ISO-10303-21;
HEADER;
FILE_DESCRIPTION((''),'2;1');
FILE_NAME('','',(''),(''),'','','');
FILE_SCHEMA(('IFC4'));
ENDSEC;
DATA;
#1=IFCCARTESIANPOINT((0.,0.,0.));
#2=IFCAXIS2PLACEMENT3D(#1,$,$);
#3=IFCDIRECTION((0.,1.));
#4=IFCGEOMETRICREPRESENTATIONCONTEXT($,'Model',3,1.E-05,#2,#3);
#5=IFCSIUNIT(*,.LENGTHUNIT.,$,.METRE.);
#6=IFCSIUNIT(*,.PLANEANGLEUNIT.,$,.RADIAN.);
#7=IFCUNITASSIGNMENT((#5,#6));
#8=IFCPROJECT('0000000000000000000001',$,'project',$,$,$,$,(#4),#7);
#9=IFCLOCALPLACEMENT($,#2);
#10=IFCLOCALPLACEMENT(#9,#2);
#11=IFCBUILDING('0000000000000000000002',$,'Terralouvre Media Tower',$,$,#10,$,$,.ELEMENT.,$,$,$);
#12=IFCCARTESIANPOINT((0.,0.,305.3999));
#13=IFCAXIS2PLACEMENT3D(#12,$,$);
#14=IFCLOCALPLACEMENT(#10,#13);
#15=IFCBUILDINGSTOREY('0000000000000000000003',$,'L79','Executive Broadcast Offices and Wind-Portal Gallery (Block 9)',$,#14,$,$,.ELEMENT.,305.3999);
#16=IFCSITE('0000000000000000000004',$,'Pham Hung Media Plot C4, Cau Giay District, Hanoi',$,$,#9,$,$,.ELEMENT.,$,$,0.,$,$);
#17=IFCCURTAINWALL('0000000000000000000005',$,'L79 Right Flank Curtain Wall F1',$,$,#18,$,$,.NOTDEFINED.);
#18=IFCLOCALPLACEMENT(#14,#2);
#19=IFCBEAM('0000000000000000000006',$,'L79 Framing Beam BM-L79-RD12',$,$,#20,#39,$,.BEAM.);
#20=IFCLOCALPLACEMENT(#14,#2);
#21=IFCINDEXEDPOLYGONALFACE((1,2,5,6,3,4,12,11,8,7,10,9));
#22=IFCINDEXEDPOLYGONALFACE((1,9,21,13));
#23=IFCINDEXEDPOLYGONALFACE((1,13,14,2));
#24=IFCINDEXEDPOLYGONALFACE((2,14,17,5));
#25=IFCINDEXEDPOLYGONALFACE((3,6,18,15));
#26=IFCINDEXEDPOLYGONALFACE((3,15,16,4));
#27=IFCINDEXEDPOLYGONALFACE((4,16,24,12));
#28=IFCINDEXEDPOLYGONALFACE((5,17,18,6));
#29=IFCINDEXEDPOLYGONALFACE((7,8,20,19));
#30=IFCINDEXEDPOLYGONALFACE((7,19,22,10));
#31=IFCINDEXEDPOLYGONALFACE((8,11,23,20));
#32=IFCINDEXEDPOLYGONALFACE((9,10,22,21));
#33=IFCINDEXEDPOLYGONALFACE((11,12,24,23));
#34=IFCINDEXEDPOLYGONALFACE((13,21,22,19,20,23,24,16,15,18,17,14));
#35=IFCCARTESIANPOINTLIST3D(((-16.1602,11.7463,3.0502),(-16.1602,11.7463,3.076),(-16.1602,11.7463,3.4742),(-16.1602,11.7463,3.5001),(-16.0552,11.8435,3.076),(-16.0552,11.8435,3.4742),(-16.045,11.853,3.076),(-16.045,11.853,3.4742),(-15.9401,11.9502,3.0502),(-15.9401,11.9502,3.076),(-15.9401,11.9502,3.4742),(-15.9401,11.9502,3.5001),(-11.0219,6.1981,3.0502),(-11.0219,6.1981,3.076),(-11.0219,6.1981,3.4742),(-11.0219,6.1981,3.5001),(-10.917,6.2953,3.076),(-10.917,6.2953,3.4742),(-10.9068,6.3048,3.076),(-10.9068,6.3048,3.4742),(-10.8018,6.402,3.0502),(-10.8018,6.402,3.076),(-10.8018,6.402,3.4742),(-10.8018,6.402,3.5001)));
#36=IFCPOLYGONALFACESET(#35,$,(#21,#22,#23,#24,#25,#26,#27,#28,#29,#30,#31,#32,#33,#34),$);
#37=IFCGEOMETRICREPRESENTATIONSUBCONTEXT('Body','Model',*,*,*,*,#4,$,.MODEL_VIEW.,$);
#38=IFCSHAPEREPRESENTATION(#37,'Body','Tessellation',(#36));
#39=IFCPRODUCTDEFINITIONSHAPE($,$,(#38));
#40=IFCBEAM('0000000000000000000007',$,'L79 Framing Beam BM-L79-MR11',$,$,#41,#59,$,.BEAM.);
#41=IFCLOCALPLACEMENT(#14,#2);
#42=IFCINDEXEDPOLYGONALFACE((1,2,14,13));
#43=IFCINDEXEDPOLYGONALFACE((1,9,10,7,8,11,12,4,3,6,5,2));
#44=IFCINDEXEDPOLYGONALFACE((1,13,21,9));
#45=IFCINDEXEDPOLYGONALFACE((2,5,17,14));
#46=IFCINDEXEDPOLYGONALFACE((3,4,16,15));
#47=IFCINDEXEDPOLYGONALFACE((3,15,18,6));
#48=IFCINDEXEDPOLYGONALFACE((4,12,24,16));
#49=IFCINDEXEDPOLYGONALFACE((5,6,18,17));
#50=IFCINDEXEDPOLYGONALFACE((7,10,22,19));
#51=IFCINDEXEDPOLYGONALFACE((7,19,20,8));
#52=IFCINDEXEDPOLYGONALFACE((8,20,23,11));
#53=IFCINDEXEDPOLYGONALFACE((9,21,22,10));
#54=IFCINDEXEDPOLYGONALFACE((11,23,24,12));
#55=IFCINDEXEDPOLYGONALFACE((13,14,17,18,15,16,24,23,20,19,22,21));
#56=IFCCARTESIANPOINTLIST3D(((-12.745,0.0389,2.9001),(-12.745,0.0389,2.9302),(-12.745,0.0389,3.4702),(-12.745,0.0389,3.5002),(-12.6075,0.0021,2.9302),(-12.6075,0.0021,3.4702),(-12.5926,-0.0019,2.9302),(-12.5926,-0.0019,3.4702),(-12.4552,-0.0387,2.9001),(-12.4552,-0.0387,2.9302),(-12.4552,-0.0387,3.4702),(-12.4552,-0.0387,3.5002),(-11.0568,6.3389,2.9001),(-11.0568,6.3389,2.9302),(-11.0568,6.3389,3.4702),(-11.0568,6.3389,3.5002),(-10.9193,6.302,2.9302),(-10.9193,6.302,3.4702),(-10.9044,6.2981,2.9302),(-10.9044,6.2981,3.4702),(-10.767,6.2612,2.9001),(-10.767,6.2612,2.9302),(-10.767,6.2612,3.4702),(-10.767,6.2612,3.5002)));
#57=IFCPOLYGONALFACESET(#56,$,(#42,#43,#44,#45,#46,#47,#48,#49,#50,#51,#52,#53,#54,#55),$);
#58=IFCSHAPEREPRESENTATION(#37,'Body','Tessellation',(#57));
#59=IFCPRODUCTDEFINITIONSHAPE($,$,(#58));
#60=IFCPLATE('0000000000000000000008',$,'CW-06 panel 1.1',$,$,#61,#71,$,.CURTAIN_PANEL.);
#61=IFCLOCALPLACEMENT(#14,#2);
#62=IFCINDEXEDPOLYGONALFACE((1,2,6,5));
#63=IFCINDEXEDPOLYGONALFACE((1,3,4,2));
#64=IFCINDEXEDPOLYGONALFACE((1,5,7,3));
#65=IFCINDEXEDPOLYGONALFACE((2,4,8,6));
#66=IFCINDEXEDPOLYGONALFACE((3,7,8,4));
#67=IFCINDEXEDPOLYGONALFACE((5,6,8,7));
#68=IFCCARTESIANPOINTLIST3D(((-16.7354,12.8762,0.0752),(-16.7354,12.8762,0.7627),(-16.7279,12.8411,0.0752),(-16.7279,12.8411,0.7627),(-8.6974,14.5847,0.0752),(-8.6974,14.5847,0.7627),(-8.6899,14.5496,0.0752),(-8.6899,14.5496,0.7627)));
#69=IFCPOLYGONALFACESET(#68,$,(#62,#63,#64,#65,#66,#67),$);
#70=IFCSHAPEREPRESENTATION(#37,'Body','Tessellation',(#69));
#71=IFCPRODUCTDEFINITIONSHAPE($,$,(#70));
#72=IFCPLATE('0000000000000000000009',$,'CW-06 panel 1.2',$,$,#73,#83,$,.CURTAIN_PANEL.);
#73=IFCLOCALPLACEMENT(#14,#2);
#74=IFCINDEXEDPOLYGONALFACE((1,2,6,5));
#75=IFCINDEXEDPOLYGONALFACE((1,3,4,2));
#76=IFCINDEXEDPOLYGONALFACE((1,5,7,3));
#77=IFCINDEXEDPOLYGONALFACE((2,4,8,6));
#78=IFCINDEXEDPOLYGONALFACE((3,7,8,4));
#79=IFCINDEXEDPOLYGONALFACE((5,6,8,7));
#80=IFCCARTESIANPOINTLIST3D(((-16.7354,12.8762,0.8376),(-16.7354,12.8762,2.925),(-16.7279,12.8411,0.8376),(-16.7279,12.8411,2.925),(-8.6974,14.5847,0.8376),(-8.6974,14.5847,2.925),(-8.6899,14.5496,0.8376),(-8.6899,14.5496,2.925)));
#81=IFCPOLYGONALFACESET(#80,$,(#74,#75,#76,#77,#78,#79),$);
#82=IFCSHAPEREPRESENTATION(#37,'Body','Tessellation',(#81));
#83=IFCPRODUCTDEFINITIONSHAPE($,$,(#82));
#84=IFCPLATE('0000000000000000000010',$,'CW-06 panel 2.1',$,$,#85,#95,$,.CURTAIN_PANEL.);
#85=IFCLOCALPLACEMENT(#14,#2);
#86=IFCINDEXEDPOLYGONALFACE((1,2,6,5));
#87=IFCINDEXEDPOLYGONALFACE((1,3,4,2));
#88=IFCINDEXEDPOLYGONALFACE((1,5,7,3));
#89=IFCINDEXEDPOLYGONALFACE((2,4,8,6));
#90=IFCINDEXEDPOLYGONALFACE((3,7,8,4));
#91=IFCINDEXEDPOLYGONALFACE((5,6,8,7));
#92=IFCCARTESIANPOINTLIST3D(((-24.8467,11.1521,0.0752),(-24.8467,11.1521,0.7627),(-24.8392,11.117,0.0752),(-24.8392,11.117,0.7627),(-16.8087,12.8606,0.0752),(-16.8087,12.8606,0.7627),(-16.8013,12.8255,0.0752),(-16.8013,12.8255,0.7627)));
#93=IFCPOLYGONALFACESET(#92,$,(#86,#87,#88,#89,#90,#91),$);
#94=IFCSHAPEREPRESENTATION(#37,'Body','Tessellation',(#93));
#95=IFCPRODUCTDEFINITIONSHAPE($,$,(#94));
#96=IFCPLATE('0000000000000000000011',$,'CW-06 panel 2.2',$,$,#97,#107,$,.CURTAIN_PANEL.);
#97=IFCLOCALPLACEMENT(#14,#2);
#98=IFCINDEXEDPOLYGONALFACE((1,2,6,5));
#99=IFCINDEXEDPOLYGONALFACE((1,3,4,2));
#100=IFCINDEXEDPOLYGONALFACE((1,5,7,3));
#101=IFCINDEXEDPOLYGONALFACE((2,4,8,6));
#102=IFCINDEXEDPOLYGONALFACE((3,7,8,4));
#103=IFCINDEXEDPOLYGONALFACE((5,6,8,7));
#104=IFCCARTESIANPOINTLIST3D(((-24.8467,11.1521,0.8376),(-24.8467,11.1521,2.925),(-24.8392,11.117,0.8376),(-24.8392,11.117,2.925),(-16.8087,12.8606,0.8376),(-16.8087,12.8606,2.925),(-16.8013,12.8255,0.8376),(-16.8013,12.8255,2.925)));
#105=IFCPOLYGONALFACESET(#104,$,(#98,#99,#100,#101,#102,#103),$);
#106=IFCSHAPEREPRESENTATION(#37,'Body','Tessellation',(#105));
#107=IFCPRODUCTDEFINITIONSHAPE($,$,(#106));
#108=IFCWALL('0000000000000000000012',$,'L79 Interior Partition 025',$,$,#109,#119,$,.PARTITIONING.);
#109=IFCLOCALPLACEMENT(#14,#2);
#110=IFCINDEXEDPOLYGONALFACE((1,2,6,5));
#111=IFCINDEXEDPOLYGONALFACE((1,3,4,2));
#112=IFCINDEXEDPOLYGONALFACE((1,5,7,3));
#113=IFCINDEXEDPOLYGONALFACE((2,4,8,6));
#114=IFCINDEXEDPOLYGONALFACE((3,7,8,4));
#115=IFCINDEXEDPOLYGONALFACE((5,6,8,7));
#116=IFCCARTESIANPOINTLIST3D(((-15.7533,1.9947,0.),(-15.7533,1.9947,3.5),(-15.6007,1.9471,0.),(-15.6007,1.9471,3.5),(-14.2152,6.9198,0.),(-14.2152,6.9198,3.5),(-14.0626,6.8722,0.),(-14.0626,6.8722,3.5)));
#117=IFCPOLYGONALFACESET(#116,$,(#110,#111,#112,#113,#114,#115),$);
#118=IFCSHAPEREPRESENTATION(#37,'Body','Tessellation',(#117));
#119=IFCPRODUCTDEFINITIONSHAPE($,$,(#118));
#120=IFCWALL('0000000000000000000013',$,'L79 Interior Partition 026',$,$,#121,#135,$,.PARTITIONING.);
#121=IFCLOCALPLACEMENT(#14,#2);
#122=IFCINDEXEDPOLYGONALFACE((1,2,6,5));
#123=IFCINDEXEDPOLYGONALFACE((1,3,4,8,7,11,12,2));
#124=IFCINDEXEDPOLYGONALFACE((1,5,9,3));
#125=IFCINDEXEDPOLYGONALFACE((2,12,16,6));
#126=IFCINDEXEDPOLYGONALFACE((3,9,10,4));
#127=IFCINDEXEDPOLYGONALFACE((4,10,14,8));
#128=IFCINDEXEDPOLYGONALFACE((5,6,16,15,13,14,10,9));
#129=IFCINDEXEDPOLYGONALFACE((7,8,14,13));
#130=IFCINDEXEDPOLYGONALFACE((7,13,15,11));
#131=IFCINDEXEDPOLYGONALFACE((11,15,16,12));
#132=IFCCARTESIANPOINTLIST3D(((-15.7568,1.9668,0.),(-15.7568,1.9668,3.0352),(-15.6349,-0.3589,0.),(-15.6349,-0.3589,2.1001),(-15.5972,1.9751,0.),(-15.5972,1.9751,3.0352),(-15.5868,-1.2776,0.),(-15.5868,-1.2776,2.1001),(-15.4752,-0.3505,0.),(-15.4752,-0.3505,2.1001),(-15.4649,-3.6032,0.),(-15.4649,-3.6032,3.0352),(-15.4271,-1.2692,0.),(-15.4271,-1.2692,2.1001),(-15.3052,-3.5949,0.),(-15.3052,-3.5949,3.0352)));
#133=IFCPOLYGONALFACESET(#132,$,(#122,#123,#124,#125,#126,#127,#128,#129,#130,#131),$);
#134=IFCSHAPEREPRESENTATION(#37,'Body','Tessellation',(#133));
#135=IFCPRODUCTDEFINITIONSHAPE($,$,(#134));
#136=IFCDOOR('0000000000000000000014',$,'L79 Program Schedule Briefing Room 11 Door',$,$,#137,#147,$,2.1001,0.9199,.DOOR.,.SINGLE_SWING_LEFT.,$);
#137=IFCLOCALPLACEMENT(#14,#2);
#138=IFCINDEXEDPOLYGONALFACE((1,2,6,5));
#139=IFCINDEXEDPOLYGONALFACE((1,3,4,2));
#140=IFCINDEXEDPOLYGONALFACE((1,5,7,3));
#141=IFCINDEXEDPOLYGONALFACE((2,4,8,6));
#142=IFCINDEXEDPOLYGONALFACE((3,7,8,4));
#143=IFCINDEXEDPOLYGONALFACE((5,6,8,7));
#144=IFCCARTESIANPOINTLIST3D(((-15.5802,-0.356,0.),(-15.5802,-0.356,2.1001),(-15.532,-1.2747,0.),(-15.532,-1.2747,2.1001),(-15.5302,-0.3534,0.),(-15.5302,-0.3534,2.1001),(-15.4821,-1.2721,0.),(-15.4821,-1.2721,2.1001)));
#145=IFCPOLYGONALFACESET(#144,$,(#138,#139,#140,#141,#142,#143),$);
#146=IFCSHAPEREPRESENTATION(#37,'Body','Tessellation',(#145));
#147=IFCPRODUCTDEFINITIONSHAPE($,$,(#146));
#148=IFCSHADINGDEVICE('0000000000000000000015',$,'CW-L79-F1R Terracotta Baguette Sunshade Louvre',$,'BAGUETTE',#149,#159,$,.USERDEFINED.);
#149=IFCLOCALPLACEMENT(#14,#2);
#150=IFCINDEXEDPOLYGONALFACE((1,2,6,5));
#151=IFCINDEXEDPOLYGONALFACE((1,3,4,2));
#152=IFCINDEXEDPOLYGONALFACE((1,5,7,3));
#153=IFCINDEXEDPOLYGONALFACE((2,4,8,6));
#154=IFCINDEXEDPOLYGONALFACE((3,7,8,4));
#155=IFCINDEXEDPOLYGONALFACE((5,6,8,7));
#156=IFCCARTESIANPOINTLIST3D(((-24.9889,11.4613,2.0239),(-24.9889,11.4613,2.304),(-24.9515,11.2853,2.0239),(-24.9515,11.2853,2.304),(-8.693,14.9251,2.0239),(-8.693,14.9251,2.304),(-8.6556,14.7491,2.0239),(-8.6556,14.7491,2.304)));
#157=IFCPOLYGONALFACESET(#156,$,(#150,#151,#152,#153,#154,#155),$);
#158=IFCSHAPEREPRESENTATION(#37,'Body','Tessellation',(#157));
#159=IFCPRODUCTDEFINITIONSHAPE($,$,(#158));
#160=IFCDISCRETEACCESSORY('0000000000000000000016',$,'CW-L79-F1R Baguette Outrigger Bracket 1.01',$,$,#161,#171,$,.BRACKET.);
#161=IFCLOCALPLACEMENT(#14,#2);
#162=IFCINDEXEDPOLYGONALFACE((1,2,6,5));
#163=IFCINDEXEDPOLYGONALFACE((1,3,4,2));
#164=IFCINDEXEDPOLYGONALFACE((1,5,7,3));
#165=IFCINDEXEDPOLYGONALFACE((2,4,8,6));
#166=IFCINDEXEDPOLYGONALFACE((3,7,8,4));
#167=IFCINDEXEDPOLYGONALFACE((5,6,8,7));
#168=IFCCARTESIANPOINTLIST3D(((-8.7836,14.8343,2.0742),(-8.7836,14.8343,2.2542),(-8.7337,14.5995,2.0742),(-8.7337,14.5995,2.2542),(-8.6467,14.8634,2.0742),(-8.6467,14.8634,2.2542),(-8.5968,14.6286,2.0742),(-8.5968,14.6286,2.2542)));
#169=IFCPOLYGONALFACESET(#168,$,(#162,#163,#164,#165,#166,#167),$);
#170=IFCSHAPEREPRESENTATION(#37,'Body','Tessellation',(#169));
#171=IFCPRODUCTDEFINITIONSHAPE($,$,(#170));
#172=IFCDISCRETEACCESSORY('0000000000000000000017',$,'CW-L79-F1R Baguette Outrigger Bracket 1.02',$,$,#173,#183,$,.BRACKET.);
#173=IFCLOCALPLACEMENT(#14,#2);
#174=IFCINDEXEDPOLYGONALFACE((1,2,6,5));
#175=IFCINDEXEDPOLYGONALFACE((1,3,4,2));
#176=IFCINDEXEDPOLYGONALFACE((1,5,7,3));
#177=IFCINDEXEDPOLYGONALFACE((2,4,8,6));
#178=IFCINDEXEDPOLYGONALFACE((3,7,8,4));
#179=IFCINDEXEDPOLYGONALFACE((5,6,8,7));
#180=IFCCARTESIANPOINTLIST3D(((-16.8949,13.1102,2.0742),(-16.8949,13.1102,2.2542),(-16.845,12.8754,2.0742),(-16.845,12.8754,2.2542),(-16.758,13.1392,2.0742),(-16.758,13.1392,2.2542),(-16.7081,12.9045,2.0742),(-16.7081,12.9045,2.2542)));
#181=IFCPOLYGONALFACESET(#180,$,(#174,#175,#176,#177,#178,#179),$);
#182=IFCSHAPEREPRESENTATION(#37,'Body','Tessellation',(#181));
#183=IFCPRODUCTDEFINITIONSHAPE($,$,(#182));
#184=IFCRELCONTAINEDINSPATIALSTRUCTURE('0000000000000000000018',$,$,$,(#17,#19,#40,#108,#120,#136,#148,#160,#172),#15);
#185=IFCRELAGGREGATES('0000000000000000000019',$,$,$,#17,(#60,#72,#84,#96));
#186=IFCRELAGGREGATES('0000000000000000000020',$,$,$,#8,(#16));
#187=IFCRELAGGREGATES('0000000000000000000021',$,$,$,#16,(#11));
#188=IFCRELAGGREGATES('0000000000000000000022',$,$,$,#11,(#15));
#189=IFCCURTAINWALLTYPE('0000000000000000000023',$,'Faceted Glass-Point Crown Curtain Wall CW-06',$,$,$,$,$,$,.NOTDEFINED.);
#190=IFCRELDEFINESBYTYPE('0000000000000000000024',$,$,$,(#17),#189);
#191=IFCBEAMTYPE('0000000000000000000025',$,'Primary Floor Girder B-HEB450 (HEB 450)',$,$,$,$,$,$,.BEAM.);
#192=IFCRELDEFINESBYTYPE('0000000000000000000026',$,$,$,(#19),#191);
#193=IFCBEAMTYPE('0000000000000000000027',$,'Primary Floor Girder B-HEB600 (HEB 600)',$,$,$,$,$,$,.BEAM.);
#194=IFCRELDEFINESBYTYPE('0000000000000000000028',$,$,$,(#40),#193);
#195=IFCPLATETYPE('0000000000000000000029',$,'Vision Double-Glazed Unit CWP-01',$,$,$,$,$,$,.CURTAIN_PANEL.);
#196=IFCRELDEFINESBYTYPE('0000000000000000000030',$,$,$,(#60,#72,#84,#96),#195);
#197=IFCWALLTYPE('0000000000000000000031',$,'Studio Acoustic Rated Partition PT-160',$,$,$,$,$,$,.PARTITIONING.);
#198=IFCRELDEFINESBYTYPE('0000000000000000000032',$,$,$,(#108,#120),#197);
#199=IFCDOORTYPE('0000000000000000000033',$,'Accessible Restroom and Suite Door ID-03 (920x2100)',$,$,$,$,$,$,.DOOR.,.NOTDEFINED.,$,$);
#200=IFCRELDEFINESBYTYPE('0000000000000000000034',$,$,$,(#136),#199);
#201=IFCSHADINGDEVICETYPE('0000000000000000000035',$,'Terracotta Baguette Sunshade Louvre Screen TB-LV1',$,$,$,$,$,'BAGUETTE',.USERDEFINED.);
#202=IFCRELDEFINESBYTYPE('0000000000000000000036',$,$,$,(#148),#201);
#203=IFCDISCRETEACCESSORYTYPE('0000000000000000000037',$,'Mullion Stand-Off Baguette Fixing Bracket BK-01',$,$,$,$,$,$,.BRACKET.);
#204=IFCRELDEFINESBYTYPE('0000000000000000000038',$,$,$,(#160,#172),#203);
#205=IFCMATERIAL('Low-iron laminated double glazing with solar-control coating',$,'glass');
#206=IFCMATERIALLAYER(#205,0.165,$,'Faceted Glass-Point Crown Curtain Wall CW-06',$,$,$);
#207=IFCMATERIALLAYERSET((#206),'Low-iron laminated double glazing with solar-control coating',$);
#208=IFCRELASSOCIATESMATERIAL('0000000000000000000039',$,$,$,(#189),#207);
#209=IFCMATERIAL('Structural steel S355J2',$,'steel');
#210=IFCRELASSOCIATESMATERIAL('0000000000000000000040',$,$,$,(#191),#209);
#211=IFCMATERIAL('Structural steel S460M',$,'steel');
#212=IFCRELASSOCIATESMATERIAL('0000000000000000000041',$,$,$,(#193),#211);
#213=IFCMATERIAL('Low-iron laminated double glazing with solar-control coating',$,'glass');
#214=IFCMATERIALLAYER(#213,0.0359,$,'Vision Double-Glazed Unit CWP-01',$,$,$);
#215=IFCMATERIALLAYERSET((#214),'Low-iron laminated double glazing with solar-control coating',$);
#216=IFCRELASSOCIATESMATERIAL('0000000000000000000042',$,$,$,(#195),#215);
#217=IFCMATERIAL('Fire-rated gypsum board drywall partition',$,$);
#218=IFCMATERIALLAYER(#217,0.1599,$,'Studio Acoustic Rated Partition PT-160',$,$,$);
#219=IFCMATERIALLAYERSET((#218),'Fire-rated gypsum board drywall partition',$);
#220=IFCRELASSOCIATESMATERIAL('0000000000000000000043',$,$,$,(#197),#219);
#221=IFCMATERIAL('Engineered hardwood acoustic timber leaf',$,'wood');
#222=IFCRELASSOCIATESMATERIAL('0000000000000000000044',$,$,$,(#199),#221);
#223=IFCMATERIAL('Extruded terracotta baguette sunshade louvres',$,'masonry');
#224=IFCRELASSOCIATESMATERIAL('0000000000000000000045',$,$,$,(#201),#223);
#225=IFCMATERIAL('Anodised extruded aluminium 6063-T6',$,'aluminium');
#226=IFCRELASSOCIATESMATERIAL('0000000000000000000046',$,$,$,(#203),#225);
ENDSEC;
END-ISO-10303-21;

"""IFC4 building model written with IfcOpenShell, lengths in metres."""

from ifc_helpers import new_model, si_unit, direction, frame, frame_2d, origin, origin_2d, place, context, subcontext, project, spatial, rectangle, i_section, extrude, material, layer, layer_set, material_profile, profile_set, type_object, element, fill, aggregate, save


model = new_model("IFC4")

# Units and contexts
model_context = context("Model", 3, precision=1e-05, world=origin(), true_north=direction((0.0, 1.0)))
body_context = subcontext(model_context, "Body", "Model", "MODEL_VIEW")
ifc_project = project(units=[si_unit("LENGTHUNIT", "METRE"), si_unit("PLANEANGLEUNIT", "RADIAN")], contexts=[model_context])

# Site, building, storey
site_placement = place(None, origin())
site = spatial("IfcSite", under=ifc_project, at=site_placement, Name="Pham Hung Media Plot C4, Cau Giay District, Hanoi", CompositionType="ELEMENT", RefElevation=0.0)
building_placement = place(site_placement, origin())
building = spatial("IfcBuilding", under=site, at=building_placement, Name="Terralouvre Media Tower", CompositionType="ELEMENT")
storey_placement = place(building_placement, frame((0.0, 0.0, 305.3999)))
storey = spatial("IfcBuildingStorey", under=building, at=storey_placement, Name="L79", Description="Executive Broadcast Offices and Wind-Portal Gallery (Block 9)", CompositionType="ELEMENT", Elevation=305.3999)

# Curtain wall
ifc_material_1 = material(Name="Low-iron laminated double glazing with solar-control coating", Category="glass")
ifc_layer_1 = layer(ifc_material_1, 0.165, Name="Faceted Glass-Point Crown Curtain Wall CW-06")
ifc_layer_set_1 = layer_set([ifc_layer_1], Name="Low-iron laminated double glazing with solar-control coating")
curtain_wall_type = type_object("IfcCurtainWallType", Name="Faceted Glass-Point Crown Curtain Wall CW-06", PredefinedType="NOTDEFINED", material=ifc_layer_set_1)
curtain_wall_placement = place(storey_placement, origin())
curtain_wall = element("IfcCurtainWall", 1, at=curtain_wall_placement, inside=storey, type_object=curtain_wall_type, Name="L79 Right Flank Curtain Wall F1", PredefinedType="NOTDEFINED")

# Beams
ifc_material_2 = material(Name="Structural steel S355J2", Category="steel")
ifc_material_profile_1 = material_profile(ifc_material_2, i_section(OverallWidth=0.3, OverallDepth=0.45, WebThickness=0.0139, FlangeThickness=0.0259, at=origin_2d()), Name="HEB 450")
ifc_profile_set_1 = profile_set([ifc_material_profile_1], Name="Structural steel S355J2")
beam_type_1 = type_object("IfcBeamType", Name="Primary Floor Girder B-HEB450 (HEB 450)", PredefinedType="BEAM", material=ifc_profile_set_1)
beam_1_placement = place(storey_placement, frame((-10.9119, 6.3, 3.2751), z_axis=(-0.679483, 0.733691, 0.0), x_axis=(-0.733691, -0.679483, 0.0)))
element("IfcBeam", 2, at=beam_1_placement, inside=storey, type_object=beam_type_1, Name="L79 Framing Beam BM-L79-RD12", PredefinedType="BEAM", context=body_context, shape_type="SweptSolid", body=[
    extrude(i_section(OverallWidth=0.3, OverallDepth=0.45, WebThickness=0.0139, FlangeThickness=0.0259, at=origin_2d()), origin(), (0.0, 0.0, 1.0), 7.562),
])
ifc_material_3 = material(Name="Structural steel S460M", Category="steel")
ifc_material_profile_2 = material_profile(ifc_material_3, i_section(OverallWidth=0.3, OverallDepth=0.6001, WebThickness=0.0154, FlangeThickness=0.03, at=origin_2d()), Name="HEB 600")
ifc_profile_set_2 = profile_set([ifc_material_profile_2], Name="Structural steel S460M")
beam_type_2 = type_object("IfcBeamType", Name="Primary Floor Girder B-HEB600 (HEB 600)", PredefinedType="BEAM", material=ifc_profile_set_2)
beam_2_placement = place(storey_placement, frame((-10.9119, 6.3, 3.2002), z_axis=(-0.258839, -0.96592, 0.0), x_axis=(0.96592, -0.258839, 0.0)))
element("IfcBeam", 3, at=beam_2_placement, inside=storey, type_object=beam_type_2, Name="L79 Framing Beam BM-L79-MR11", PredefinedType="BEAM", context=body_context, shape_type="SweptSolid", body=[
    extrude(i_section(OverallWidth=0.3, OverallDepth=0.6001, WebThickness=0.0154, FlangeThickness=0.03, at=origin_2d()), origin(), (0.0, 0.0, 1.0), 6.5222),
])

# Plates
ifc_material_4 = material(Name="Low-iron laminated double glazing with solar-control coating", Category="glass")
ifc_layer_2 = layer(ifc_material_4, 0.0359, Name="Vision Double-Glazed Unit CWP-01")
ifc_layer_set_2 = layer_set([ifc_layer_2], Name="Low-iron laminated double glazing with solar-control coating")
plate_type = type_object("IfcPlateType", Name="Vision Double-Glazed Unit CWP-01", PredefinedType="CURTAIN_PANEL", material=ifc_layer_set_2)
plate_1_placement = place(storey_placement, frame((-12.7126, 13.7129, 0.0752), z_axis=(0.0, 0.0, 1.0), x_axis=(-0.978148, -0.207911, 0.0)))
plate_1 = element("IfcPlate", 4, at=plate_1_placement, type_object=plate_type, Name="CW-06 panel 1.1", PredefinedType="CURTAIN_PANEL", context=body_context, shape_type="SweptSolid", body=[
    extrude(rectangle(XDim=8.2175, YDim=0.0359, at=origin_2d()), origin(), (0.0, 0.0, 1.0), 0.6875),
])
plate_2_placement = place(storey_placement, frame((-12.7126, 13.7129, 0.8376), z_axis=(0.0, 0.0, 1.0), x_axis=(-0.978148, -0.207911, 0.0)))
plate_2 = element("IfcPlate", 5, at=plate_2_placement, type_object=plate_type, Name="CW-06 panel 1.2", PredefinedType="CURTAIN_PANEL", context=body_context, shape_type="SweptSolid", body=[
    extrude(rectangle(XDim=8.2175, YDim=0.0359, at=origin_2d()), origin(), (0.0, 0.0, 1.0), 2.0874),
])
plate_3_placement = place(storey_placement, frame((-20.824, 11.9888, 0.0752), z_axis=(0.0, 0.0, 1.0), x_axis=(-0.978148, -0.207911, 0.0)))
plate_3 = element("IfcPlate", 6, at=plate_3_placement, type_object=plate_type, Name="CW-06 panel 2.1", PredefinedType="CURTAIN_PANEL", context=body_context, shape_type="SweptSolid", body=[
    extrude(rectangle(XDim=8.2175, YDim=0.0359, at=origin_2d()), origin(), (0.0, 0.0, 1.0), 0.6875),
])
plate_4_placement = place(storey_placement, frame((-20.824, 11.9888, 0.8376), z_axis=(0.0, 0.0, 1.0), x_axis=(-0.978148, -0.207911, 0.0)))
plate_4 = element("IfcPlate", 7, at=plate_4_placement, type_object=plate_type, Name="CW-06 panel 2.2", PredefinedType="CURTAIN_PANEL", context=body_context, shape_type="SweptSolid", body=[
    extrude(rectangle(XDim=8.2175, YDim=0.0359, at=origin_2d()), origin(), (0.0, 0.0, 1.0), 2.0874),
])
aggregate(curtain_wall, [plate_1, plate_2, plate_3, plate_4])

# Wall
ifc_material_5 = material(Name="Fire-rated gypsum board drywall partition")
ifc_layer_3 = layer(ifc_material_5, 0.1599, Name="Studio Acoustic Rated Partition PT-160")
ifc_layer_set_3 = layer_set([ifc_layer_3], Name="Fire-rated gypsum board drywall partition")
wall_type = type_object("IfcWallType", Name="Studio Acoustic Rated Partition PT-160", PredefinedType="PARTITIONING", material=ifc_layer_set_3)
wall_1_placement = place(storey_placement, frame((-14.1389, 6.896, 0.0), z_axis=(0.0, 0.0, 1.0), x_axis=(-0.2981, -0.954535, 0.0)))
element("IfcWall", 8, at=wall_1_placement, inside=storey, type_object=wall_type, Name="L79 Interior Partition 025", PredefinedType="PARTITIONING", context=body_context, shape_type="SweptSolid", body=[
    extrude(rectangle(XDim=5.1597, YDim=0.1599, at=frame_2d((2.5798, 0.0))), origin(), (0.0, 0.0, 1.0), 3.5),
])

# Wall, opening, door
wall_2_placement = place(storey_placement, frame((-15.677, 1.9709, 0.0), z_axis=(0.0, 0.0, 1.0), x_axis=(0.05235, -0.998629, 0.0)))
wall_2 = element("IfcWall", 9, at=wall_2_placement, inside=storey, type_object=wall_type, Name="L79 Interior Partition 026", PredefinedType="PARTITIONING", context=body_context, shape_type="SweptSolid", body=[
    extrude(rectangle(XDim=5.5776, YDim=0.1599, at=frame_2d((2.7888, 0.0))), origin(), (0.0, 0.0, 1.0), 3.0352),
])
opening_placement = place(wall_2_placement, frame((2.3289, 0.0, 0.0)))
opening = element("IfcOpeningElement", 10, at=opening_placement, cuts=wall_2, PredefinedType="OPENING", context=body_context, shape_type="SweptSolid", body=[
    extrude(rectangle(XDim=0.9199, YDim=2.1001, at=frame_2d((0.46, 1.05))), frame((0.0, 0.0898, 0.0), z_axis=(0.0, -1.0, 0.0), x_axis=(1.0, 0.0, 0.0)), (0.0, 0.0, 1.0), 0.1799),
])
ifc_material_6 = material(Name="Engineered hardwood acoustic timber leaf", Category="wood")
door_type = type_object("IfcDoorType", Name="Accessible Restroom and Suite Door ID-03 (920x2100)", OperationType="NOTDEFINED", PredefinedType="DOOR", material=ifc_material_6)
door_placement = place(opening_placement, origin())
door = element("IfcDoor", 11, at=door_placement, inside=storey, type_object=door_type, Name="L79 Program Schedule Briefing Room 11 Door", OperationType="SINGLE_SWING_LEFT", OverallHeight=2.1001, OverallWidth=0.9199, PredefinedType="DOOR", context=body_context, shape_type="SweptSolid", body=[
    extrude(rectangle(XDim=0.9199, YDim=2.1001, at=frame_2d((0.46, 1.05))), frame((0.0, 0.0249, 0.0), z_axis=(0.0, -1.0, 0.0), x_axis=(1.0, 0.0, 0.0)), (0.0, 0.0, 1.0), 0.05),
])
fill(opening, door)

# Shading device
ifc_material_7 = material(Name="Extruded terracotta baguette sunshade louvres", Category="masonry")
shading_device_type = type_object("IfcShadingDeviceType", Name="Terracotta Baguette Sunshade Louvre Screen TB-LV1", ElementType="BAGUETTE", PredefinedType="USERDEFINED", material=ifc_material_7)
shading_device_placement = place(storey_placement, frame((-16.8223, 13.1052, 2.0239), z_axis=(0.0, 0.0, 1.0), x_axis=(-0.978148, -0.207911, 0.0)))
element("IfcShadingDevice", 12, at=shading_device_placement, inside=storey, type_object=shading_device_type, Name="CW-L79-F1R Terracotta Baguette Sunshade Louvre", ObjectType="BAGUETTE", PredefinedType="USERDEFINED", context=body_context, shape_type="SweptSolid", body=[
    extrude(rectangle(XDim=16.6599, YDim=0.1799, at=origin_2d()), origin(), (0.0, 0.0, 1.0), 0.28),
])

# Discrete accessories
ifc_material_8 = material(Name="Anodised extruded aluminium 6063-T6", Category="aluminium")
discrete_accessory_type = type_object("IfcDiscreteAccessoryType", Name="Mullion Stand-Off Baguette Fixing Bracket BK-01", PredefinedType="BRACKET", material=ifc_material_8)
for number, where, z_axis, x_axis, name in (
    (13, (-8.6902, 14.7314, 2.0742), (0.0, 0.0, 1.0), (-0.978148, -0.207911, 0.0), "CW-L79-F1R Baguette Outrigger Bracket 1.01"),
    (14, (-16.8015, 13.0073, 2.0742), (0.0, 0.0, 1.0), (-0.978148, -0.207911, 0.0), "CW-L79-F1R Baguette Outrigger Bracket 1.02"),
):
    element("IfcDiscreteAccessory", number, at=place(storey_placement, frame(where, z_axis=z_axis, x_axis=x_axis)), inside=storey, type_object=discrete_accessory_type, Name=name, PredefinedType="BRACKET", context=body_context, shape_type="SweptSolid", body=[
        extrude(rectangle(XDim=0.1399, YDim=0.24, at=origin_2d()), origin(), (0.0, 0.0, 1.0), 0.1799),
    ])

save(model, "model.ifc")
